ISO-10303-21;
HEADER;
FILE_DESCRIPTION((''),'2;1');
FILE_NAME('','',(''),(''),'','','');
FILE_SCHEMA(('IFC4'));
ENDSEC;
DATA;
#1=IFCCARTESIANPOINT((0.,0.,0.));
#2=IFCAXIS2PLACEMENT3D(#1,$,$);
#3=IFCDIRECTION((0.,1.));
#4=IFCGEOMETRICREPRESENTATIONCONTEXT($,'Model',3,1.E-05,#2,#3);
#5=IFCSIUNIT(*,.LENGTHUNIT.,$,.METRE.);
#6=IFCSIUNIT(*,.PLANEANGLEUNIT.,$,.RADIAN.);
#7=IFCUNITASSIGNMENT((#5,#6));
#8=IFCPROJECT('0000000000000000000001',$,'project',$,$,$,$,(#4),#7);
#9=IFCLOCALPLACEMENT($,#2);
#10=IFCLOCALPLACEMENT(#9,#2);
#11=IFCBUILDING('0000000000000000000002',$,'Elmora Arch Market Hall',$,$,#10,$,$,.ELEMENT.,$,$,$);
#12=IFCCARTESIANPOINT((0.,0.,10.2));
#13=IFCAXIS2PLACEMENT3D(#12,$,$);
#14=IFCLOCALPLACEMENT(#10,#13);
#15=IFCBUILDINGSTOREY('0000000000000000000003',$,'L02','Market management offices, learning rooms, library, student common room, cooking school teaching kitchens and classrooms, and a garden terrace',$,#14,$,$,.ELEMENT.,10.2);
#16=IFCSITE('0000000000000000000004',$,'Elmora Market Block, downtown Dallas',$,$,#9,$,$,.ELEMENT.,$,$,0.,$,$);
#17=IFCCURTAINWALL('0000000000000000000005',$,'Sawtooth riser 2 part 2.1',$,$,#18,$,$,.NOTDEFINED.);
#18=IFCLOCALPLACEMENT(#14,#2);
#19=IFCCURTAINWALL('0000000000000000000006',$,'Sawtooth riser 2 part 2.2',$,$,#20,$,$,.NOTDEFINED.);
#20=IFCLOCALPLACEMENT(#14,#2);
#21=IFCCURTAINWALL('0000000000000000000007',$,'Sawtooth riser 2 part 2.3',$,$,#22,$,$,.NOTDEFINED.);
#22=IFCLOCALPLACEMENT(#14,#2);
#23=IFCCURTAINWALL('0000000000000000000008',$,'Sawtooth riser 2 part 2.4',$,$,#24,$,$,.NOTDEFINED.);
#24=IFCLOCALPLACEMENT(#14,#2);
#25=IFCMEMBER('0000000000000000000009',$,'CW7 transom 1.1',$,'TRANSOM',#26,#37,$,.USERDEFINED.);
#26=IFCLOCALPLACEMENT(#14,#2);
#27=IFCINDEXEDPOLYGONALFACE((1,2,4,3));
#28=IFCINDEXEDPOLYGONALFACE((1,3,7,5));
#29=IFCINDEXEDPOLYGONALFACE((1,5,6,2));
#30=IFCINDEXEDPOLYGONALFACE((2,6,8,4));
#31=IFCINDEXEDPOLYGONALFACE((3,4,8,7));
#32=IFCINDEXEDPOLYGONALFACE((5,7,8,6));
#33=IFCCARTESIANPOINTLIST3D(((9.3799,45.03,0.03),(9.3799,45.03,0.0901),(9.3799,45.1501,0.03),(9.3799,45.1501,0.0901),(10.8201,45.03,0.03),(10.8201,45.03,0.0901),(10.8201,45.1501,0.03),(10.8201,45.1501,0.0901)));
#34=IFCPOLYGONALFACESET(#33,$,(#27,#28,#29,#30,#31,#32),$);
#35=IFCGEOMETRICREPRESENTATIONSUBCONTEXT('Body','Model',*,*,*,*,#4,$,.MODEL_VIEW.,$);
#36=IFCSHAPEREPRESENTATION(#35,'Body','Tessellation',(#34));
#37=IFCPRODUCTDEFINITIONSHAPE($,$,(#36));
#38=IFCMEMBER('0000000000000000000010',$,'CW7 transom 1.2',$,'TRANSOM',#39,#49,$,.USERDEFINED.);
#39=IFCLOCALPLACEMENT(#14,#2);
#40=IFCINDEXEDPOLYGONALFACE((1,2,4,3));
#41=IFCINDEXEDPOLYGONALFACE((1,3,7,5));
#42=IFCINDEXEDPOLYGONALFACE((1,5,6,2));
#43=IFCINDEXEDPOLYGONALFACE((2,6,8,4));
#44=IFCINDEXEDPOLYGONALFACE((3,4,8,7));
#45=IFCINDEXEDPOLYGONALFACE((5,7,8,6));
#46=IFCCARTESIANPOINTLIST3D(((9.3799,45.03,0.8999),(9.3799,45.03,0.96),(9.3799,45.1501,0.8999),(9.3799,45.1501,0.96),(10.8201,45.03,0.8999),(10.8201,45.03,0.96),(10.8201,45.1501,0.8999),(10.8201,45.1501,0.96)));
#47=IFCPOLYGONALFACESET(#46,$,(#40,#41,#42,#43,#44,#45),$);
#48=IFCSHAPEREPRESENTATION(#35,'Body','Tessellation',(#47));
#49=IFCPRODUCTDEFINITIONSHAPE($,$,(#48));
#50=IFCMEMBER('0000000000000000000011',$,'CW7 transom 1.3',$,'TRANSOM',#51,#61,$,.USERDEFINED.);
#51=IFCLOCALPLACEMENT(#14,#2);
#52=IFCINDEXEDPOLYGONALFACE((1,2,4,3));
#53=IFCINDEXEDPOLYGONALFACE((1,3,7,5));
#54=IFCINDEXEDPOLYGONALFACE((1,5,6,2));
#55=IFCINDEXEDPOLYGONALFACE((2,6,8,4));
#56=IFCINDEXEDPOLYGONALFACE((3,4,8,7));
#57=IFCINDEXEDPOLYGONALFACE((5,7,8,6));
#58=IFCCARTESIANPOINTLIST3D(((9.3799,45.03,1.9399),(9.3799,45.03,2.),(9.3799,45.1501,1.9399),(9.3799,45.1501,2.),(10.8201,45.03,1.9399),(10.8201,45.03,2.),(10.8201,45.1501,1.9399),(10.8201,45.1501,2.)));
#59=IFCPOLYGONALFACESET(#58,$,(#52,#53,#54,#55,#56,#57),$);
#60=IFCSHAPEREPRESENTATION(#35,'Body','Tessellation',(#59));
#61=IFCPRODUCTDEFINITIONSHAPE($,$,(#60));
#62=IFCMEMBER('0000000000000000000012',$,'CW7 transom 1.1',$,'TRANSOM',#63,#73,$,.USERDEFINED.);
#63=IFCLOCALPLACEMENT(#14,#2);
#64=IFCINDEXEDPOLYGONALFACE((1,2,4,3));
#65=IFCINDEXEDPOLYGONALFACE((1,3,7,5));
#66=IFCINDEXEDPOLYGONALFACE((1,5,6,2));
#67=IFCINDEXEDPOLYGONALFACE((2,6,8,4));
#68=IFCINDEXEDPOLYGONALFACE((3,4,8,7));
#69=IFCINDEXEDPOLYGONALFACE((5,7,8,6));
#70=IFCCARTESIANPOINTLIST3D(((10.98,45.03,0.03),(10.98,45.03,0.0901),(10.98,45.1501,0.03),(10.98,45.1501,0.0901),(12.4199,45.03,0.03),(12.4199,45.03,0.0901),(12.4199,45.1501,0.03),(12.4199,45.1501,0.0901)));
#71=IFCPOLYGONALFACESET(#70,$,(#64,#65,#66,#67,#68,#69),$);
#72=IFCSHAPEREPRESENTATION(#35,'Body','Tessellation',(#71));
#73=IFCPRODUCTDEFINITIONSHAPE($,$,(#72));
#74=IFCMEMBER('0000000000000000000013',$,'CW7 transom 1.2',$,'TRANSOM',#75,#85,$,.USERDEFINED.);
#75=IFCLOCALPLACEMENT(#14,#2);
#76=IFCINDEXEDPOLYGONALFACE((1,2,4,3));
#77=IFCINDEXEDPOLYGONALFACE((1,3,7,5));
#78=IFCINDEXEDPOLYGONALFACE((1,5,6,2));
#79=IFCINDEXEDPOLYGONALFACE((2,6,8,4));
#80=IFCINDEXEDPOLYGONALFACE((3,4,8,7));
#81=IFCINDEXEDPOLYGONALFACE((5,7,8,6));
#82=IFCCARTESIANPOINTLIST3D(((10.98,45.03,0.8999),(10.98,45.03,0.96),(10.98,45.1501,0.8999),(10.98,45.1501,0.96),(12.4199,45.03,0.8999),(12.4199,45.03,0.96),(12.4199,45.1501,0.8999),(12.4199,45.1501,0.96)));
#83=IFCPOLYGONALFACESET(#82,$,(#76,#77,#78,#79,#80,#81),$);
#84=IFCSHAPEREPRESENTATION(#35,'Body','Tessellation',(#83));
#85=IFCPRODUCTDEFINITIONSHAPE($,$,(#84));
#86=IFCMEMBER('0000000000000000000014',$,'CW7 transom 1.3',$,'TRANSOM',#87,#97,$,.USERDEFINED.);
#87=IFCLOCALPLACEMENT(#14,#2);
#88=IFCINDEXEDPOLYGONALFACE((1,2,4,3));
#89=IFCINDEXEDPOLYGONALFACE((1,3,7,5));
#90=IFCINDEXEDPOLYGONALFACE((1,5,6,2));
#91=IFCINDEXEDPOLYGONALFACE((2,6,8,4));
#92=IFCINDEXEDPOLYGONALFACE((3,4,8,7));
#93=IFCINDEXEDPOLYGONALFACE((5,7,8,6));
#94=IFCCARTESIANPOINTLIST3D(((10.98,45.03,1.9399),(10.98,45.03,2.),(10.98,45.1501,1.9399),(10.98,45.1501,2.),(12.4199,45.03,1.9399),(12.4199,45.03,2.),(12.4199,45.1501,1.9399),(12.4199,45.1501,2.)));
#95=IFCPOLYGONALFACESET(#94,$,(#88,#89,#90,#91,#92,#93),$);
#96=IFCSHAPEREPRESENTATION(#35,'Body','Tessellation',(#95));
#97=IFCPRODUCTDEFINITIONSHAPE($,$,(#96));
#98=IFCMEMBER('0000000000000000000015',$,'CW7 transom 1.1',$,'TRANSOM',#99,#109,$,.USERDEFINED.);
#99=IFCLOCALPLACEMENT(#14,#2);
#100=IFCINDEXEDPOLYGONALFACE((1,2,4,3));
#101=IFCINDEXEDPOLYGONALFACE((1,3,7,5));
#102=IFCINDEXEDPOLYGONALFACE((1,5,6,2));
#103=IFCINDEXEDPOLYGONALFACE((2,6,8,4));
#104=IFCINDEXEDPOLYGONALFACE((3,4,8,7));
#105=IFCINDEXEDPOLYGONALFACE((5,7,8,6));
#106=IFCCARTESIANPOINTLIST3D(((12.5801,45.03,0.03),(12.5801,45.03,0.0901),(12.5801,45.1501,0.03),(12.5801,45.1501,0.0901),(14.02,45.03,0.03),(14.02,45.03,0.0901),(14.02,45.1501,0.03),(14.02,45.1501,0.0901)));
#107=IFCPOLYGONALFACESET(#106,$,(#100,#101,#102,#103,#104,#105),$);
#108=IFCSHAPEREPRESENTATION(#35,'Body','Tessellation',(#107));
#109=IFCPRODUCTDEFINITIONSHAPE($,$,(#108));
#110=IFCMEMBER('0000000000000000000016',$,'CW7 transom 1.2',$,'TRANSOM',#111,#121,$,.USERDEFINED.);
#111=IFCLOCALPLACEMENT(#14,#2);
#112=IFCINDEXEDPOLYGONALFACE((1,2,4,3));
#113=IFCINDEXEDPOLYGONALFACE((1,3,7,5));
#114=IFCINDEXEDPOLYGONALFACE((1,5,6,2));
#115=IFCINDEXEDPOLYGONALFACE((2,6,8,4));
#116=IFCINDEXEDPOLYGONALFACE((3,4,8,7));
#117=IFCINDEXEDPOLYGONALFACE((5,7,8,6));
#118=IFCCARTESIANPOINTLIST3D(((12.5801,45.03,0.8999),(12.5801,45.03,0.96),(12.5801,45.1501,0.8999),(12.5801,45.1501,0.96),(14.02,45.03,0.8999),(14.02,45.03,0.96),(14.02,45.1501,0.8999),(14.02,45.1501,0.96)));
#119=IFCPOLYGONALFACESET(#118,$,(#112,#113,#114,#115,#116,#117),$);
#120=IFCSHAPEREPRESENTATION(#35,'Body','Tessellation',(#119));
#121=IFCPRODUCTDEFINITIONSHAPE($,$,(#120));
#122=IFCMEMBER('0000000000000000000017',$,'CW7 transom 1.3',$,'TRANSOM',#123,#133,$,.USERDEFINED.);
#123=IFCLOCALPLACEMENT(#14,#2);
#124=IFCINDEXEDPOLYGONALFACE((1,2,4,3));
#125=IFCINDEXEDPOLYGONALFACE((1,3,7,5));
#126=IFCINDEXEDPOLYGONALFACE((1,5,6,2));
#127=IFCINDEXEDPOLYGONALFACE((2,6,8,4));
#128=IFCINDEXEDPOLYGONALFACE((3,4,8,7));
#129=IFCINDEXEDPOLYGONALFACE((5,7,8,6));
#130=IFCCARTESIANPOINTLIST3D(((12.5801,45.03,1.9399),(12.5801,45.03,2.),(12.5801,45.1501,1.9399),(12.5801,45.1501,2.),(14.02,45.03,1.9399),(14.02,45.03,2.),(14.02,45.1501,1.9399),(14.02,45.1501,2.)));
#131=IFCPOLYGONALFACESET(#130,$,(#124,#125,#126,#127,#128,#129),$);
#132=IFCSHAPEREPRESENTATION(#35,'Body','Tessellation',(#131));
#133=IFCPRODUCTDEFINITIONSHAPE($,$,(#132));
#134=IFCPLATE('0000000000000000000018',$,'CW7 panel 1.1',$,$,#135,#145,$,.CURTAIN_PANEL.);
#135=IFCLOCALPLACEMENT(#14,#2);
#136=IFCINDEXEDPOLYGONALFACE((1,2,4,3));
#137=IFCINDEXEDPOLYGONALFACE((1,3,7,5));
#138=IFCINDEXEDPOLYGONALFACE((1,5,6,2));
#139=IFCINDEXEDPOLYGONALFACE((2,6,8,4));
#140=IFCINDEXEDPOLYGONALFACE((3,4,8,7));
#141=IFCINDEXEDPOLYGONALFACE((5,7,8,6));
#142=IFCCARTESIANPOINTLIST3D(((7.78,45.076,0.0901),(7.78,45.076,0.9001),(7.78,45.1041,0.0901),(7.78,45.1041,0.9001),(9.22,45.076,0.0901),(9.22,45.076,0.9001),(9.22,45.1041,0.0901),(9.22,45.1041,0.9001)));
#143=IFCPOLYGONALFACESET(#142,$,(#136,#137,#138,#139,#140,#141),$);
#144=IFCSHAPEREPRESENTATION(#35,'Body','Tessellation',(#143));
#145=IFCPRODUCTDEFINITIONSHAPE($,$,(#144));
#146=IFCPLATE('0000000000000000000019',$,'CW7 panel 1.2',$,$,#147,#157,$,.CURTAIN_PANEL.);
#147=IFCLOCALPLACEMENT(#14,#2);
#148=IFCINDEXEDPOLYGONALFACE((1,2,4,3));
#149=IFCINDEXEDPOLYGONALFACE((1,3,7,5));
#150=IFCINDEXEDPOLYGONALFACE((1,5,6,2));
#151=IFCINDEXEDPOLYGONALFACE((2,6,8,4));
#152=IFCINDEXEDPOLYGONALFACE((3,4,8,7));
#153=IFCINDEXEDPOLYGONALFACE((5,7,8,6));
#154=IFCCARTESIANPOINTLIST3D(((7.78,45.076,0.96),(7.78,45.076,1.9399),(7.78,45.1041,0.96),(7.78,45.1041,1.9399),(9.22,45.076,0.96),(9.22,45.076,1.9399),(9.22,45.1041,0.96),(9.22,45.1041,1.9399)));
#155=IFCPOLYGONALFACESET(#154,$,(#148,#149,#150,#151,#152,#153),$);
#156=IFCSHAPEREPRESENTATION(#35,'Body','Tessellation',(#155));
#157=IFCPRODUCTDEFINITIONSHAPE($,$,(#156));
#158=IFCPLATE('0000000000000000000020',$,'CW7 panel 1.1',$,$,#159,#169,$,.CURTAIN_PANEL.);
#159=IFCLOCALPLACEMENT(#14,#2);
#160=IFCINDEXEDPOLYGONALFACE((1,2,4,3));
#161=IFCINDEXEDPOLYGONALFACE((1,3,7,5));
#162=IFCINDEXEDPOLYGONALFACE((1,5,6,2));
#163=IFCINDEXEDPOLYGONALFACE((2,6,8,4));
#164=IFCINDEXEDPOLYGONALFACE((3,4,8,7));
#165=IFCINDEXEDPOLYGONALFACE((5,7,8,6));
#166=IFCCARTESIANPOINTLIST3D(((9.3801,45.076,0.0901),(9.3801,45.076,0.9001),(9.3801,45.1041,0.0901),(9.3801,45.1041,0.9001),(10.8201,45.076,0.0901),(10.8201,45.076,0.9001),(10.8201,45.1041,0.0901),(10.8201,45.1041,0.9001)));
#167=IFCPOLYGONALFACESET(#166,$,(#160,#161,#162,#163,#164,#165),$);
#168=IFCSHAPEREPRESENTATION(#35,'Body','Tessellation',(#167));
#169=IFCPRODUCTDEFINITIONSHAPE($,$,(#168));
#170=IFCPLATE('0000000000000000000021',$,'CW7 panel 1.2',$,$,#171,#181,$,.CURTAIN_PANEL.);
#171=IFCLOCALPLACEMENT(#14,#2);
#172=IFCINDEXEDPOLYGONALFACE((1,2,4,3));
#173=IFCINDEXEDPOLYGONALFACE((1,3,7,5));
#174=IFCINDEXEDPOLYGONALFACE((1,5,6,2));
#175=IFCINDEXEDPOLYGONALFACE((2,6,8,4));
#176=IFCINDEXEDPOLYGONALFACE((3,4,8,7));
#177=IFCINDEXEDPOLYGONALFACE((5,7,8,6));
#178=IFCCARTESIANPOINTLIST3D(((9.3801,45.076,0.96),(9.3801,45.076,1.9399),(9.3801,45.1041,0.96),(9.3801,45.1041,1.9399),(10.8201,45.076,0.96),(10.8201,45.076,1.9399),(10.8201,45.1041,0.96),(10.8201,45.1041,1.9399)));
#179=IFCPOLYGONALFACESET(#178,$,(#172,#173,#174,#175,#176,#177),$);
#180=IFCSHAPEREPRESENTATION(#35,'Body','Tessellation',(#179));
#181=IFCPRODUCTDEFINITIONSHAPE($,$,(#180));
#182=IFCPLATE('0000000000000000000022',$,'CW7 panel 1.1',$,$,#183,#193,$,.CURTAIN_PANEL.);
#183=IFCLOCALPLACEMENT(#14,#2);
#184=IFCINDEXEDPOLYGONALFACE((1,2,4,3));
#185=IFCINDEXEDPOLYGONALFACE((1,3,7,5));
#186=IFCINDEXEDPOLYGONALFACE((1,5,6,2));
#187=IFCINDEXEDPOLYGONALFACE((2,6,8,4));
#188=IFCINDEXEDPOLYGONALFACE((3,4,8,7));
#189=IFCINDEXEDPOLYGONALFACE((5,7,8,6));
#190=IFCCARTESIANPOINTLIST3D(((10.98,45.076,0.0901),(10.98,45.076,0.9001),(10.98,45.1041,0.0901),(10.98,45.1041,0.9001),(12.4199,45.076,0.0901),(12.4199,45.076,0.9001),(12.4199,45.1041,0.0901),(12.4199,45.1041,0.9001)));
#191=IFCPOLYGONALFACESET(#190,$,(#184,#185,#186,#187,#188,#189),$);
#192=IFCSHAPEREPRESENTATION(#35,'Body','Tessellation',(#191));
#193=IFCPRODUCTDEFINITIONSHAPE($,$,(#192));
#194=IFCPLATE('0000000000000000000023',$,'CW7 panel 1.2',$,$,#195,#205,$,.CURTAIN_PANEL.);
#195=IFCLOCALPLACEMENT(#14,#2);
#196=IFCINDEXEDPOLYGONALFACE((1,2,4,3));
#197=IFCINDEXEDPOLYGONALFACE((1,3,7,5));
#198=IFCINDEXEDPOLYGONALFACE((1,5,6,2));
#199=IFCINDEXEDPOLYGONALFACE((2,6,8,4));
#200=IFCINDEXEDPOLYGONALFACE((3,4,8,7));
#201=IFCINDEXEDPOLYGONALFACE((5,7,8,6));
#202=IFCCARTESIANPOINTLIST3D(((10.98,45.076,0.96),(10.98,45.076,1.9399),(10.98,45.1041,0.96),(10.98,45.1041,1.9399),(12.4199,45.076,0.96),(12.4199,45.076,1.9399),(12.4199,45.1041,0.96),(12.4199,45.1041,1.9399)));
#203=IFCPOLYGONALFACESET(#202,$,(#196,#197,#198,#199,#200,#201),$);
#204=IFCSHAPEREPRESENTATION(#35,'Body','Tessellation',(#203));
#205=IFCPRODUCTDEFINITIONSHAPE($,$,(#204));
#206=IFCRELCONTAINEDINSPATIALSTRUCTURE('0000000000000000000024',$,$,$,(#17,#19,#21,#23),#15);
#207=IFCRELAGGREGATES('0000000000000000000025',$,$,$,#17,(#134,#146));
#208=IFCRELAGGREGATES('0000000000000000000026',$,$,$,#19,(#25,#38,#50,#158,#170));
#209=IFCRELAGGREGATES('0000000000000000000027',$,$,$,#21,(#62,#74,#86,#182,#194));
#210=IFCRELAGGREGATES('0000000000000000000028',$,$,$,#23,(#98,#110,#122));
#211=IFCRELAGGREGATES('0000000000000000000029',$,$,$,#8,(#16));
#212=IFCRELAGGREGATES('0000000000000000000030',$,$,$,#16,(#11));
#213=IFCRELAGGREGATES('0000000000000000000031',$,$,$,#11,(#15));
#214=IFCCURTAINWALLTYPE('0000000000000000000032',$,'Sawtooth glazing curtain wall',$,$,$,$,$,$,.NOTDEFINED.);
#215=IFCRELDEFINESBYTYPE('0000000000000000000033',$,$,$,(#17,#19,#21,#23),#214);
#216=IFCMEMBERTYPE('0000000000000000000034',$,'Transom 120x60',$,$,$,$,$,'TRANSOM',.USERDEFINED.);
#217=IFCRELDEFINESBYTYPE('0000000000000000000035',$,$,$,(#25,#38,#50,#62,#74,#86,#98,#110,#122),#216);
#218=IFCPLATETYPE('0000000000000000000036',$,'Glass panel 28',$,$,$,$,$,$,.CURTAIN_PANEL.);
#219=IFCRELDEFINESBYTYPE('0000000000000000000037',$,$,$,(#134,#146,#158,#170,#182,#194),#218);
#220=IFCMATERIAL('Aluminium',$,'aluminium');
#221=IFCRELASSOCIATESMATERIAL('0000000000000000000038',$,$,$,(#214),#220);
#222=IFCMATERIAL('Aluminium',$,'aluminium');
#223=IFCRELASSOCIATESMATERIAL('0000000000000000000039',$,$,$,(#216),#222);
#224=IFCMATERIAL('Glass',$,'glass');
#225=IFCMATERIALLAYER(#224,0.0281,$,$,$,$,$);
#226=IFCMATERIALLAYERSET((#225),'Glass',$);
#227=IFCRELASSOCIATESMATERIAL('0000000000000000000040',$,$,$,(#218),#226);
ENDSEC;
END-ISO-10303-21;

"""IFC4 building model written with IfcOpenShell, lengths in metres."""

from ifc_helpers import new_model, si_unit, direction, frame, origin, origin_2d, place, context, subcontext, project, spatial, rectangle, extrude, material, layer, layer_set, material_profile, profile_set, type_object, element, aggregate, save


model = new_model("IFC4")

# Units and contexts
model_context = context("Model", 3, precision=1e-05, world=origin(), true_north=direction((0.0, 1.0)))
body_context = subcontext(model_context, "Body", "Model", "MODEL_VIEW")
ifc_project = project(units=[si_unit("LENGTHUNIT", "METRE"), si_unit("PLANEANGLEUNIT", "RADIAN")], contexts=[model_context])

# Site, building, storey
site_placement = place(None, origin())
site = spatial("IfcSite", under=ifc_project, at=site_placement, Name="Elmora Market Block, downtown Dallas", CompositionType="ELEMENT", RefElevation=0.0)
building_placement = place(site_placement, origin())
building = spatial("IfcBuilding", under=site, at=building_placement, Name="Elmora Arch Market Hall", CompositionType="ELEMENT")
storey_placement = place(building_placement, frame((0.0, 0.0, 10.2)))
storey = spatial("IfcBuildingStorey", under=building, at=storey_placement, Name="L02", Description="Market management offices, learning rooms, library, student common room, cooking school teaching kitchens and classrooms, and a garden terrace", CompositionType="ELEMENT", Elevation=10.2)

# Curtain wall
ifc_material_1 = material(Name="Aluminium", Category="aluminium")
curtain_wall_type = type_object("IfcCurtainWallType", Name="Sawtooth glazing curtain wall", PredefinedType="NOTDEFINED", material=ifc_material_1)
curtain_wall_1_placement = place(storey_placement, origin())
curtain_wall_1 = element("IfcCurtainWall", 1, at=curtain_wall_1_placement, inside=storey, type_object=curtain_wall_type, Name="Sawtooth riser 2 part 2.1", PredefinedType="NOTDEFINED")

# Curtain walls
curtain_wall_2_placement = place(storey_placement, origin())
curtain_wall_2 = element("IfcCurtainWall", 2, at=curtain_wall_2_placement, inside=storey, type_object=curtain_wall_type, Name="Sawtooth riser 2 part 2.2", PredefinedType="NOTDEFINED")
curtain_wall_3_placement = place(storey_placement, origin())
curtain_wall_3 = element("IfcCurtainWall", 3, at=curtain_wall_3_placement, inside=storey, type_object=curtain_wall_type, Name="Sawtooth riser 2 part 2.3", PredefinedType="NOTDEFINED")
curtain_wall_4_placement = place(storey_placement, origin())
curtain_wall_4 = element("IfcCurtainWall", 4, at=curtain_wall_4_placement, inside=storey, type_object=curtain_wall_type, Name="Sawtooth riser 2 part 2.4", PredefinedType="NOTDEFINED")

# Members
ifc_material_2 = material(Name="Aluminium", Category="aluminium")
ifc_material_profile_1 = material_profile(ifc_material_2, rectangle(XDim=0.1201, YDim=0.0601, at=origin_2d()), Name="AL 120x60")
ifc_profile_set_1 = profile_set([ifc_material_profile_1], Name="Aluminium")
member_type_1 = type_object("IfcMemberType", Name="Transom 120x60", ElementType="TRANSOM", PredefinedType="USERDEFINED", material=ifc_profile_set_1)
member_1_placement = place(storey_placement, frame((9.3799, 45.0901, 0.0601), z_axis=(1.0, 0.0, 0.0), x_axis=(0.0, 1.0, 0.0)))
member_1 = element("IfcMember", 5, at=member_1_placement, type_object=member_type_1, Name="CW7 transom 1.1", ObjectType="TRANSOM", PredefinedType="USERDEFINED", context=body_context, shape_type="SweptSolid", body=[
    extrude(rectangle(XDim=0.1201, YDim=0.0601, at=origin_2d()), origin(), (0.0, 0.0, 1.0), 1.4402),
])
member_2_placement = place(storey_placement, frame((9.3799, 45.0901, 0.9299), z_axis=(1.0, 0.0, 0.0), x_axis=(0.0, 1.0, 0.0)))
member_2 = element("IfcMember", 6, at=member_2_placement, type_object=member_type_1, Name="CW7 transom 1.2", ObjectType="TRANSOM", PredefinedType="USERDEFINED", context=body_context, shape_type="SweptSolid", body=[
    extrude(rectangle(XDim=0.1201, YDim=0.0601, at=origin_2d()), origin(), (0.0, 0.0, 1.0), 1.4402),
])
member_3_placement = place(storey_placement, frame((9.3799, 45.0901, 1.97), z_axis=(1.0, 0.0, 0.0), x_axis=(0.0, 1.0, 0.0)))
member_3 = element("IfcMember", 7, at=member_3_placement, type_object=member_type_1, Name="CW7 transom 1.3", ObjectType="TRANSOM", PredefinedType="USERDEFINED", context=body_context, shape_type="SweptSolid", body=[
    extrude(rectangle(XDim=0.1201, YDim=0.0601, at=origin_2d()), origin(), (0.0, 0.0, 1.0), 1.4402),
])
member_4_placement = place(storey_placement, frame((10.98, 45.0901, 0.0601), z_axis=(1.0, 0.0, 0.0), x_axis=(0.0, 1.0, 0.0)))
member_4 = element("IfcMember", 8, at=member_4_placement, type_object=member_type_1, Name="CW7 transom 1.1", ObjectType="TRANSOM", PredefinedType="USERDEFINED", context=body_context, shape_type="SweptSolid", body=[
    extrude(rectangle(XDim=0.1201, YDim=0.0601, at=origin_2d()), origin(), (0.0, 0.0, 1.0), 1.4399),
])
member_5_placement = place(storey_placement, frame((10.98, 45.0901, 0.9299), z_axis=(1.0, 0.0, 0.0), x_axis=(0.0, 1.0, 0.0)))
member_5 = element("IfcMember", 9, at=member_5_placement, type_object=member_type_1, Name="CW7 transom 1.2", ObjectType="TRANSOM", PredefinedType="USERDEFINED", context=body_context, shape_type="SweptSolid", body=[
    extrude(rectangle(XDim=0.1201, YDim=0.0601, at=origin_2d()), origin(), (0.0, 0.0, 1.0), 1.4399),
])
member_6_placement = place(storey_placement, frame((10.98, 45.0901, 1.97), z_axis=(1.0, 0.0, 0.0), x_axis=(0.0, 1.0, 0.0)))
member_6 = element("IfcMember", 10, at=member_6_placement, type_object=member_type_1, Name="CW7 transom 1.3", ObjectType="TRANSOM", PredefinedType="USERDEFINED", context=body_context, shape_type="SweptSolid", body=[
    extrude(rectangle(XDim=0.1201, YDim=0.0601, at=origin_2d()), origin(), (0.0, 0.0, 1.0), 1.4399),
])
member_7_placement = place(storey_placement, frame((12.5801, 45.0901, 0.0601), z_axis=(1.0, 0.0, 0.0), x_axis=(0.0, 1.0, 0.0)))
member_7 = element("IfcMember", 11, at=member_7_placement, type_object=member_type_1, Name="CW7 transom 1.1", ObjectType="TRANSOM", PredefinedType="USERDEFINED", context=body_context, shape_type="SweptSolid", body=[
    extrude(rectangle(XDim=0.1201, YDim=0.0601, at=origin_2d()), origin(), (0.0, 0.0, 1.0), 1.4399),
])
member_8_placement = place(storey_placement, frame((12.5801, 45.0901, 0.9299), z_axis=(1.0, 0.0, 0.0), x_axis=(0.0, 1.0, 0.0)))
member_8 = element("IfcMember", 12, at=member_8_placement, type_object=member_type_1, Name="CW7 transom 1.2", ObjectType="TRANSOM", PredefinedType="USERDEFINED", context=body_context, shape_type="SweptSolid", body=[
    extrude(rectangle(XDim=0.1201, YDim=0.0601, at=origin_2d()), origin(), (0.0, 0.0, 1.0), 1.4399),
])
member_9_placement = place(storey_placement, frame((12.5801, 45.0901, 1.97), z_axis=(1.0, 0.0, 0.0), x_axis=(0.0, 1.0, 0.0)))
member_9 = element("IfcMember", 13, at=member_9_placement, type_object=member_type_1, Name="CW7 transom 1.3", ObjectType="TRANSOM", PredefinedType="USERDEFINED", context=body_context, shape_type="SweptSolid", body=[
    extrude(rectangle(XDim=0.1201, YDim=0.0601, at=origin_2d()), origin(), (0.0, 0.0, 1.0), 1.4399),
])

# Plates
ifc_material_3 = material(Name="Glass", Category="glass")
ifc_layer_1 = layer(ifc_material_3, 0.0281)
ifc_layer_set_1 = layer_set([ifc_layer_1], Name="Glass")
plate_type = type_object("IfcPlateType", Name="Glass panel 28", PredefinedType="CURTAIN_PANEL", material=ifc_layer_set_1)
plate_1_placement = place(storey_placement, frame((8.5, 45.0901, 0.0901), z_axis=(0.0, 0.0, 1.0), x_axis=(1.0, 0.0, 0.0)))
plate_1 = element("IfcPlate", 14, at=plate_1_placement, type_object=plate_type, Name="CW7 panel 1.1", PredefinedType="CURTAIN_PANEL", context=body_context, shape_type="SweptSolid", body=[
    extrude(rectangle(XDim=1.4399, YDim=0.0281, at=origin_2d()), origin(), (0.0, 0.0, 1.0), 0.8101),
])
plate_2_placement = place(storey_placement, frame((8.5, 45.0901, 0.96), z_axis=(0.0, 0.0, 1.0), x_axis=(1.0, 0.0, 0.0)))
plate_2 = element("IfcPlate", 15, at=plate_2_placement, type_object=plate_type, Name="CW7 panel 1.2", PredefinedType="CURTAIN_PANEL", context=body_context, shape_type="SweptSolid", body=[
    extrude(rectangle(XDim=1.4399, YDim=0.0281, at=origin_2d()), origin(), (0.0, 0.0, 1.0), 0.98),
])
aggregate(curtain_wall_1, [plate_1, plate_2])
plate_3_placement = place(storey_placement, frame((10.1001, 45.0901, 0.0901), z_axis=(0.0, 0.0, 1.0), x_axis=(1.0, 0.0, 0.0)))
plate_3 = element("IfcPlate", 16, at=plate_3_placement, type_object=plate_type, Name="CW7 panel 1.1", PredefinedType="CURTAIN_PANEL", context=body_context, shape_type="SweptSolid", body=[
    extrude(rectangle(XDim=1.4399, YDim=0.0281, at=origin_2d()), origin(), (0.0, 0.0, 1.0), 0.8101),
])
plate_4_placement = place(storey_placement, frame((10.1001, 45.0901, 0.96), z_axis=(0.0, 0.0, 1.0), x_axis=(1.0, 0.0, 0.0)))
plate_4 = element("IfcPlate", 17, at=plate_4_placement, type_object=plate_type, Name="CW7 panel 1.2", PredefinedType="CURTAIN_PANEL", context=body_context, shape_type="SweptSolid", body=[
    extrude(rectangle(XDim=1.4399, YDim=0.0281, at=origin_2d()), origin(), (0.0, 0.0, 1.0), 0.98),
])
aggregate(curtain_wall_2, [member_1, member_2, member_3, plate_3, plate_4])
plate_5_placement = place(storey_placement, frame((11.7, 45.0901, 0.0901), z_axis=(0.0, 0.0, 1.0), x_axis=(1.0, 0.0, 0.0)))
plate_5 = element("IfcPlate", 18, at=plate_5_placement, type_object=plate_type, Name="CW7 panel 1.1", PredefinedType="CURTAIN_PANEL", context=body_context, shape_type="SweptSolid", body=[
    extrude(rectangle(XDim=1.4399, YDim=0.0281, at=origin_2d()), origin(), (0.0, 0.0, 1.0), 0.8101),
])
plate_6_placement = place(storey_placement, frame((11.7, 45.0901, 0.96), z_axis=(0.0, 0.0, 1.0), x_axis=(1.0, 0.0, 0.0)))
plate_6 = element("IfcPlate", 19, at=plate_6_placement, type_object=plate_type, Name="CW7 panel 1.2", PredefinedType="CURTAIN_PANEL", context=body_context, shape_type="SweptSolid", body=[
    extrude(rectangle(XDim=1.4399, YDim=0.0281, at=origin_2d()), origin(), (0.0, 0.0, 1.0), 0.98),
])
aggregate(curtain_wall_3, [member_4, member_5, member_6, plate_5, plate_6])
aggregate(curtain_wall_4, [member_7, member_8, member_9])

save(model, "model.ifc")
